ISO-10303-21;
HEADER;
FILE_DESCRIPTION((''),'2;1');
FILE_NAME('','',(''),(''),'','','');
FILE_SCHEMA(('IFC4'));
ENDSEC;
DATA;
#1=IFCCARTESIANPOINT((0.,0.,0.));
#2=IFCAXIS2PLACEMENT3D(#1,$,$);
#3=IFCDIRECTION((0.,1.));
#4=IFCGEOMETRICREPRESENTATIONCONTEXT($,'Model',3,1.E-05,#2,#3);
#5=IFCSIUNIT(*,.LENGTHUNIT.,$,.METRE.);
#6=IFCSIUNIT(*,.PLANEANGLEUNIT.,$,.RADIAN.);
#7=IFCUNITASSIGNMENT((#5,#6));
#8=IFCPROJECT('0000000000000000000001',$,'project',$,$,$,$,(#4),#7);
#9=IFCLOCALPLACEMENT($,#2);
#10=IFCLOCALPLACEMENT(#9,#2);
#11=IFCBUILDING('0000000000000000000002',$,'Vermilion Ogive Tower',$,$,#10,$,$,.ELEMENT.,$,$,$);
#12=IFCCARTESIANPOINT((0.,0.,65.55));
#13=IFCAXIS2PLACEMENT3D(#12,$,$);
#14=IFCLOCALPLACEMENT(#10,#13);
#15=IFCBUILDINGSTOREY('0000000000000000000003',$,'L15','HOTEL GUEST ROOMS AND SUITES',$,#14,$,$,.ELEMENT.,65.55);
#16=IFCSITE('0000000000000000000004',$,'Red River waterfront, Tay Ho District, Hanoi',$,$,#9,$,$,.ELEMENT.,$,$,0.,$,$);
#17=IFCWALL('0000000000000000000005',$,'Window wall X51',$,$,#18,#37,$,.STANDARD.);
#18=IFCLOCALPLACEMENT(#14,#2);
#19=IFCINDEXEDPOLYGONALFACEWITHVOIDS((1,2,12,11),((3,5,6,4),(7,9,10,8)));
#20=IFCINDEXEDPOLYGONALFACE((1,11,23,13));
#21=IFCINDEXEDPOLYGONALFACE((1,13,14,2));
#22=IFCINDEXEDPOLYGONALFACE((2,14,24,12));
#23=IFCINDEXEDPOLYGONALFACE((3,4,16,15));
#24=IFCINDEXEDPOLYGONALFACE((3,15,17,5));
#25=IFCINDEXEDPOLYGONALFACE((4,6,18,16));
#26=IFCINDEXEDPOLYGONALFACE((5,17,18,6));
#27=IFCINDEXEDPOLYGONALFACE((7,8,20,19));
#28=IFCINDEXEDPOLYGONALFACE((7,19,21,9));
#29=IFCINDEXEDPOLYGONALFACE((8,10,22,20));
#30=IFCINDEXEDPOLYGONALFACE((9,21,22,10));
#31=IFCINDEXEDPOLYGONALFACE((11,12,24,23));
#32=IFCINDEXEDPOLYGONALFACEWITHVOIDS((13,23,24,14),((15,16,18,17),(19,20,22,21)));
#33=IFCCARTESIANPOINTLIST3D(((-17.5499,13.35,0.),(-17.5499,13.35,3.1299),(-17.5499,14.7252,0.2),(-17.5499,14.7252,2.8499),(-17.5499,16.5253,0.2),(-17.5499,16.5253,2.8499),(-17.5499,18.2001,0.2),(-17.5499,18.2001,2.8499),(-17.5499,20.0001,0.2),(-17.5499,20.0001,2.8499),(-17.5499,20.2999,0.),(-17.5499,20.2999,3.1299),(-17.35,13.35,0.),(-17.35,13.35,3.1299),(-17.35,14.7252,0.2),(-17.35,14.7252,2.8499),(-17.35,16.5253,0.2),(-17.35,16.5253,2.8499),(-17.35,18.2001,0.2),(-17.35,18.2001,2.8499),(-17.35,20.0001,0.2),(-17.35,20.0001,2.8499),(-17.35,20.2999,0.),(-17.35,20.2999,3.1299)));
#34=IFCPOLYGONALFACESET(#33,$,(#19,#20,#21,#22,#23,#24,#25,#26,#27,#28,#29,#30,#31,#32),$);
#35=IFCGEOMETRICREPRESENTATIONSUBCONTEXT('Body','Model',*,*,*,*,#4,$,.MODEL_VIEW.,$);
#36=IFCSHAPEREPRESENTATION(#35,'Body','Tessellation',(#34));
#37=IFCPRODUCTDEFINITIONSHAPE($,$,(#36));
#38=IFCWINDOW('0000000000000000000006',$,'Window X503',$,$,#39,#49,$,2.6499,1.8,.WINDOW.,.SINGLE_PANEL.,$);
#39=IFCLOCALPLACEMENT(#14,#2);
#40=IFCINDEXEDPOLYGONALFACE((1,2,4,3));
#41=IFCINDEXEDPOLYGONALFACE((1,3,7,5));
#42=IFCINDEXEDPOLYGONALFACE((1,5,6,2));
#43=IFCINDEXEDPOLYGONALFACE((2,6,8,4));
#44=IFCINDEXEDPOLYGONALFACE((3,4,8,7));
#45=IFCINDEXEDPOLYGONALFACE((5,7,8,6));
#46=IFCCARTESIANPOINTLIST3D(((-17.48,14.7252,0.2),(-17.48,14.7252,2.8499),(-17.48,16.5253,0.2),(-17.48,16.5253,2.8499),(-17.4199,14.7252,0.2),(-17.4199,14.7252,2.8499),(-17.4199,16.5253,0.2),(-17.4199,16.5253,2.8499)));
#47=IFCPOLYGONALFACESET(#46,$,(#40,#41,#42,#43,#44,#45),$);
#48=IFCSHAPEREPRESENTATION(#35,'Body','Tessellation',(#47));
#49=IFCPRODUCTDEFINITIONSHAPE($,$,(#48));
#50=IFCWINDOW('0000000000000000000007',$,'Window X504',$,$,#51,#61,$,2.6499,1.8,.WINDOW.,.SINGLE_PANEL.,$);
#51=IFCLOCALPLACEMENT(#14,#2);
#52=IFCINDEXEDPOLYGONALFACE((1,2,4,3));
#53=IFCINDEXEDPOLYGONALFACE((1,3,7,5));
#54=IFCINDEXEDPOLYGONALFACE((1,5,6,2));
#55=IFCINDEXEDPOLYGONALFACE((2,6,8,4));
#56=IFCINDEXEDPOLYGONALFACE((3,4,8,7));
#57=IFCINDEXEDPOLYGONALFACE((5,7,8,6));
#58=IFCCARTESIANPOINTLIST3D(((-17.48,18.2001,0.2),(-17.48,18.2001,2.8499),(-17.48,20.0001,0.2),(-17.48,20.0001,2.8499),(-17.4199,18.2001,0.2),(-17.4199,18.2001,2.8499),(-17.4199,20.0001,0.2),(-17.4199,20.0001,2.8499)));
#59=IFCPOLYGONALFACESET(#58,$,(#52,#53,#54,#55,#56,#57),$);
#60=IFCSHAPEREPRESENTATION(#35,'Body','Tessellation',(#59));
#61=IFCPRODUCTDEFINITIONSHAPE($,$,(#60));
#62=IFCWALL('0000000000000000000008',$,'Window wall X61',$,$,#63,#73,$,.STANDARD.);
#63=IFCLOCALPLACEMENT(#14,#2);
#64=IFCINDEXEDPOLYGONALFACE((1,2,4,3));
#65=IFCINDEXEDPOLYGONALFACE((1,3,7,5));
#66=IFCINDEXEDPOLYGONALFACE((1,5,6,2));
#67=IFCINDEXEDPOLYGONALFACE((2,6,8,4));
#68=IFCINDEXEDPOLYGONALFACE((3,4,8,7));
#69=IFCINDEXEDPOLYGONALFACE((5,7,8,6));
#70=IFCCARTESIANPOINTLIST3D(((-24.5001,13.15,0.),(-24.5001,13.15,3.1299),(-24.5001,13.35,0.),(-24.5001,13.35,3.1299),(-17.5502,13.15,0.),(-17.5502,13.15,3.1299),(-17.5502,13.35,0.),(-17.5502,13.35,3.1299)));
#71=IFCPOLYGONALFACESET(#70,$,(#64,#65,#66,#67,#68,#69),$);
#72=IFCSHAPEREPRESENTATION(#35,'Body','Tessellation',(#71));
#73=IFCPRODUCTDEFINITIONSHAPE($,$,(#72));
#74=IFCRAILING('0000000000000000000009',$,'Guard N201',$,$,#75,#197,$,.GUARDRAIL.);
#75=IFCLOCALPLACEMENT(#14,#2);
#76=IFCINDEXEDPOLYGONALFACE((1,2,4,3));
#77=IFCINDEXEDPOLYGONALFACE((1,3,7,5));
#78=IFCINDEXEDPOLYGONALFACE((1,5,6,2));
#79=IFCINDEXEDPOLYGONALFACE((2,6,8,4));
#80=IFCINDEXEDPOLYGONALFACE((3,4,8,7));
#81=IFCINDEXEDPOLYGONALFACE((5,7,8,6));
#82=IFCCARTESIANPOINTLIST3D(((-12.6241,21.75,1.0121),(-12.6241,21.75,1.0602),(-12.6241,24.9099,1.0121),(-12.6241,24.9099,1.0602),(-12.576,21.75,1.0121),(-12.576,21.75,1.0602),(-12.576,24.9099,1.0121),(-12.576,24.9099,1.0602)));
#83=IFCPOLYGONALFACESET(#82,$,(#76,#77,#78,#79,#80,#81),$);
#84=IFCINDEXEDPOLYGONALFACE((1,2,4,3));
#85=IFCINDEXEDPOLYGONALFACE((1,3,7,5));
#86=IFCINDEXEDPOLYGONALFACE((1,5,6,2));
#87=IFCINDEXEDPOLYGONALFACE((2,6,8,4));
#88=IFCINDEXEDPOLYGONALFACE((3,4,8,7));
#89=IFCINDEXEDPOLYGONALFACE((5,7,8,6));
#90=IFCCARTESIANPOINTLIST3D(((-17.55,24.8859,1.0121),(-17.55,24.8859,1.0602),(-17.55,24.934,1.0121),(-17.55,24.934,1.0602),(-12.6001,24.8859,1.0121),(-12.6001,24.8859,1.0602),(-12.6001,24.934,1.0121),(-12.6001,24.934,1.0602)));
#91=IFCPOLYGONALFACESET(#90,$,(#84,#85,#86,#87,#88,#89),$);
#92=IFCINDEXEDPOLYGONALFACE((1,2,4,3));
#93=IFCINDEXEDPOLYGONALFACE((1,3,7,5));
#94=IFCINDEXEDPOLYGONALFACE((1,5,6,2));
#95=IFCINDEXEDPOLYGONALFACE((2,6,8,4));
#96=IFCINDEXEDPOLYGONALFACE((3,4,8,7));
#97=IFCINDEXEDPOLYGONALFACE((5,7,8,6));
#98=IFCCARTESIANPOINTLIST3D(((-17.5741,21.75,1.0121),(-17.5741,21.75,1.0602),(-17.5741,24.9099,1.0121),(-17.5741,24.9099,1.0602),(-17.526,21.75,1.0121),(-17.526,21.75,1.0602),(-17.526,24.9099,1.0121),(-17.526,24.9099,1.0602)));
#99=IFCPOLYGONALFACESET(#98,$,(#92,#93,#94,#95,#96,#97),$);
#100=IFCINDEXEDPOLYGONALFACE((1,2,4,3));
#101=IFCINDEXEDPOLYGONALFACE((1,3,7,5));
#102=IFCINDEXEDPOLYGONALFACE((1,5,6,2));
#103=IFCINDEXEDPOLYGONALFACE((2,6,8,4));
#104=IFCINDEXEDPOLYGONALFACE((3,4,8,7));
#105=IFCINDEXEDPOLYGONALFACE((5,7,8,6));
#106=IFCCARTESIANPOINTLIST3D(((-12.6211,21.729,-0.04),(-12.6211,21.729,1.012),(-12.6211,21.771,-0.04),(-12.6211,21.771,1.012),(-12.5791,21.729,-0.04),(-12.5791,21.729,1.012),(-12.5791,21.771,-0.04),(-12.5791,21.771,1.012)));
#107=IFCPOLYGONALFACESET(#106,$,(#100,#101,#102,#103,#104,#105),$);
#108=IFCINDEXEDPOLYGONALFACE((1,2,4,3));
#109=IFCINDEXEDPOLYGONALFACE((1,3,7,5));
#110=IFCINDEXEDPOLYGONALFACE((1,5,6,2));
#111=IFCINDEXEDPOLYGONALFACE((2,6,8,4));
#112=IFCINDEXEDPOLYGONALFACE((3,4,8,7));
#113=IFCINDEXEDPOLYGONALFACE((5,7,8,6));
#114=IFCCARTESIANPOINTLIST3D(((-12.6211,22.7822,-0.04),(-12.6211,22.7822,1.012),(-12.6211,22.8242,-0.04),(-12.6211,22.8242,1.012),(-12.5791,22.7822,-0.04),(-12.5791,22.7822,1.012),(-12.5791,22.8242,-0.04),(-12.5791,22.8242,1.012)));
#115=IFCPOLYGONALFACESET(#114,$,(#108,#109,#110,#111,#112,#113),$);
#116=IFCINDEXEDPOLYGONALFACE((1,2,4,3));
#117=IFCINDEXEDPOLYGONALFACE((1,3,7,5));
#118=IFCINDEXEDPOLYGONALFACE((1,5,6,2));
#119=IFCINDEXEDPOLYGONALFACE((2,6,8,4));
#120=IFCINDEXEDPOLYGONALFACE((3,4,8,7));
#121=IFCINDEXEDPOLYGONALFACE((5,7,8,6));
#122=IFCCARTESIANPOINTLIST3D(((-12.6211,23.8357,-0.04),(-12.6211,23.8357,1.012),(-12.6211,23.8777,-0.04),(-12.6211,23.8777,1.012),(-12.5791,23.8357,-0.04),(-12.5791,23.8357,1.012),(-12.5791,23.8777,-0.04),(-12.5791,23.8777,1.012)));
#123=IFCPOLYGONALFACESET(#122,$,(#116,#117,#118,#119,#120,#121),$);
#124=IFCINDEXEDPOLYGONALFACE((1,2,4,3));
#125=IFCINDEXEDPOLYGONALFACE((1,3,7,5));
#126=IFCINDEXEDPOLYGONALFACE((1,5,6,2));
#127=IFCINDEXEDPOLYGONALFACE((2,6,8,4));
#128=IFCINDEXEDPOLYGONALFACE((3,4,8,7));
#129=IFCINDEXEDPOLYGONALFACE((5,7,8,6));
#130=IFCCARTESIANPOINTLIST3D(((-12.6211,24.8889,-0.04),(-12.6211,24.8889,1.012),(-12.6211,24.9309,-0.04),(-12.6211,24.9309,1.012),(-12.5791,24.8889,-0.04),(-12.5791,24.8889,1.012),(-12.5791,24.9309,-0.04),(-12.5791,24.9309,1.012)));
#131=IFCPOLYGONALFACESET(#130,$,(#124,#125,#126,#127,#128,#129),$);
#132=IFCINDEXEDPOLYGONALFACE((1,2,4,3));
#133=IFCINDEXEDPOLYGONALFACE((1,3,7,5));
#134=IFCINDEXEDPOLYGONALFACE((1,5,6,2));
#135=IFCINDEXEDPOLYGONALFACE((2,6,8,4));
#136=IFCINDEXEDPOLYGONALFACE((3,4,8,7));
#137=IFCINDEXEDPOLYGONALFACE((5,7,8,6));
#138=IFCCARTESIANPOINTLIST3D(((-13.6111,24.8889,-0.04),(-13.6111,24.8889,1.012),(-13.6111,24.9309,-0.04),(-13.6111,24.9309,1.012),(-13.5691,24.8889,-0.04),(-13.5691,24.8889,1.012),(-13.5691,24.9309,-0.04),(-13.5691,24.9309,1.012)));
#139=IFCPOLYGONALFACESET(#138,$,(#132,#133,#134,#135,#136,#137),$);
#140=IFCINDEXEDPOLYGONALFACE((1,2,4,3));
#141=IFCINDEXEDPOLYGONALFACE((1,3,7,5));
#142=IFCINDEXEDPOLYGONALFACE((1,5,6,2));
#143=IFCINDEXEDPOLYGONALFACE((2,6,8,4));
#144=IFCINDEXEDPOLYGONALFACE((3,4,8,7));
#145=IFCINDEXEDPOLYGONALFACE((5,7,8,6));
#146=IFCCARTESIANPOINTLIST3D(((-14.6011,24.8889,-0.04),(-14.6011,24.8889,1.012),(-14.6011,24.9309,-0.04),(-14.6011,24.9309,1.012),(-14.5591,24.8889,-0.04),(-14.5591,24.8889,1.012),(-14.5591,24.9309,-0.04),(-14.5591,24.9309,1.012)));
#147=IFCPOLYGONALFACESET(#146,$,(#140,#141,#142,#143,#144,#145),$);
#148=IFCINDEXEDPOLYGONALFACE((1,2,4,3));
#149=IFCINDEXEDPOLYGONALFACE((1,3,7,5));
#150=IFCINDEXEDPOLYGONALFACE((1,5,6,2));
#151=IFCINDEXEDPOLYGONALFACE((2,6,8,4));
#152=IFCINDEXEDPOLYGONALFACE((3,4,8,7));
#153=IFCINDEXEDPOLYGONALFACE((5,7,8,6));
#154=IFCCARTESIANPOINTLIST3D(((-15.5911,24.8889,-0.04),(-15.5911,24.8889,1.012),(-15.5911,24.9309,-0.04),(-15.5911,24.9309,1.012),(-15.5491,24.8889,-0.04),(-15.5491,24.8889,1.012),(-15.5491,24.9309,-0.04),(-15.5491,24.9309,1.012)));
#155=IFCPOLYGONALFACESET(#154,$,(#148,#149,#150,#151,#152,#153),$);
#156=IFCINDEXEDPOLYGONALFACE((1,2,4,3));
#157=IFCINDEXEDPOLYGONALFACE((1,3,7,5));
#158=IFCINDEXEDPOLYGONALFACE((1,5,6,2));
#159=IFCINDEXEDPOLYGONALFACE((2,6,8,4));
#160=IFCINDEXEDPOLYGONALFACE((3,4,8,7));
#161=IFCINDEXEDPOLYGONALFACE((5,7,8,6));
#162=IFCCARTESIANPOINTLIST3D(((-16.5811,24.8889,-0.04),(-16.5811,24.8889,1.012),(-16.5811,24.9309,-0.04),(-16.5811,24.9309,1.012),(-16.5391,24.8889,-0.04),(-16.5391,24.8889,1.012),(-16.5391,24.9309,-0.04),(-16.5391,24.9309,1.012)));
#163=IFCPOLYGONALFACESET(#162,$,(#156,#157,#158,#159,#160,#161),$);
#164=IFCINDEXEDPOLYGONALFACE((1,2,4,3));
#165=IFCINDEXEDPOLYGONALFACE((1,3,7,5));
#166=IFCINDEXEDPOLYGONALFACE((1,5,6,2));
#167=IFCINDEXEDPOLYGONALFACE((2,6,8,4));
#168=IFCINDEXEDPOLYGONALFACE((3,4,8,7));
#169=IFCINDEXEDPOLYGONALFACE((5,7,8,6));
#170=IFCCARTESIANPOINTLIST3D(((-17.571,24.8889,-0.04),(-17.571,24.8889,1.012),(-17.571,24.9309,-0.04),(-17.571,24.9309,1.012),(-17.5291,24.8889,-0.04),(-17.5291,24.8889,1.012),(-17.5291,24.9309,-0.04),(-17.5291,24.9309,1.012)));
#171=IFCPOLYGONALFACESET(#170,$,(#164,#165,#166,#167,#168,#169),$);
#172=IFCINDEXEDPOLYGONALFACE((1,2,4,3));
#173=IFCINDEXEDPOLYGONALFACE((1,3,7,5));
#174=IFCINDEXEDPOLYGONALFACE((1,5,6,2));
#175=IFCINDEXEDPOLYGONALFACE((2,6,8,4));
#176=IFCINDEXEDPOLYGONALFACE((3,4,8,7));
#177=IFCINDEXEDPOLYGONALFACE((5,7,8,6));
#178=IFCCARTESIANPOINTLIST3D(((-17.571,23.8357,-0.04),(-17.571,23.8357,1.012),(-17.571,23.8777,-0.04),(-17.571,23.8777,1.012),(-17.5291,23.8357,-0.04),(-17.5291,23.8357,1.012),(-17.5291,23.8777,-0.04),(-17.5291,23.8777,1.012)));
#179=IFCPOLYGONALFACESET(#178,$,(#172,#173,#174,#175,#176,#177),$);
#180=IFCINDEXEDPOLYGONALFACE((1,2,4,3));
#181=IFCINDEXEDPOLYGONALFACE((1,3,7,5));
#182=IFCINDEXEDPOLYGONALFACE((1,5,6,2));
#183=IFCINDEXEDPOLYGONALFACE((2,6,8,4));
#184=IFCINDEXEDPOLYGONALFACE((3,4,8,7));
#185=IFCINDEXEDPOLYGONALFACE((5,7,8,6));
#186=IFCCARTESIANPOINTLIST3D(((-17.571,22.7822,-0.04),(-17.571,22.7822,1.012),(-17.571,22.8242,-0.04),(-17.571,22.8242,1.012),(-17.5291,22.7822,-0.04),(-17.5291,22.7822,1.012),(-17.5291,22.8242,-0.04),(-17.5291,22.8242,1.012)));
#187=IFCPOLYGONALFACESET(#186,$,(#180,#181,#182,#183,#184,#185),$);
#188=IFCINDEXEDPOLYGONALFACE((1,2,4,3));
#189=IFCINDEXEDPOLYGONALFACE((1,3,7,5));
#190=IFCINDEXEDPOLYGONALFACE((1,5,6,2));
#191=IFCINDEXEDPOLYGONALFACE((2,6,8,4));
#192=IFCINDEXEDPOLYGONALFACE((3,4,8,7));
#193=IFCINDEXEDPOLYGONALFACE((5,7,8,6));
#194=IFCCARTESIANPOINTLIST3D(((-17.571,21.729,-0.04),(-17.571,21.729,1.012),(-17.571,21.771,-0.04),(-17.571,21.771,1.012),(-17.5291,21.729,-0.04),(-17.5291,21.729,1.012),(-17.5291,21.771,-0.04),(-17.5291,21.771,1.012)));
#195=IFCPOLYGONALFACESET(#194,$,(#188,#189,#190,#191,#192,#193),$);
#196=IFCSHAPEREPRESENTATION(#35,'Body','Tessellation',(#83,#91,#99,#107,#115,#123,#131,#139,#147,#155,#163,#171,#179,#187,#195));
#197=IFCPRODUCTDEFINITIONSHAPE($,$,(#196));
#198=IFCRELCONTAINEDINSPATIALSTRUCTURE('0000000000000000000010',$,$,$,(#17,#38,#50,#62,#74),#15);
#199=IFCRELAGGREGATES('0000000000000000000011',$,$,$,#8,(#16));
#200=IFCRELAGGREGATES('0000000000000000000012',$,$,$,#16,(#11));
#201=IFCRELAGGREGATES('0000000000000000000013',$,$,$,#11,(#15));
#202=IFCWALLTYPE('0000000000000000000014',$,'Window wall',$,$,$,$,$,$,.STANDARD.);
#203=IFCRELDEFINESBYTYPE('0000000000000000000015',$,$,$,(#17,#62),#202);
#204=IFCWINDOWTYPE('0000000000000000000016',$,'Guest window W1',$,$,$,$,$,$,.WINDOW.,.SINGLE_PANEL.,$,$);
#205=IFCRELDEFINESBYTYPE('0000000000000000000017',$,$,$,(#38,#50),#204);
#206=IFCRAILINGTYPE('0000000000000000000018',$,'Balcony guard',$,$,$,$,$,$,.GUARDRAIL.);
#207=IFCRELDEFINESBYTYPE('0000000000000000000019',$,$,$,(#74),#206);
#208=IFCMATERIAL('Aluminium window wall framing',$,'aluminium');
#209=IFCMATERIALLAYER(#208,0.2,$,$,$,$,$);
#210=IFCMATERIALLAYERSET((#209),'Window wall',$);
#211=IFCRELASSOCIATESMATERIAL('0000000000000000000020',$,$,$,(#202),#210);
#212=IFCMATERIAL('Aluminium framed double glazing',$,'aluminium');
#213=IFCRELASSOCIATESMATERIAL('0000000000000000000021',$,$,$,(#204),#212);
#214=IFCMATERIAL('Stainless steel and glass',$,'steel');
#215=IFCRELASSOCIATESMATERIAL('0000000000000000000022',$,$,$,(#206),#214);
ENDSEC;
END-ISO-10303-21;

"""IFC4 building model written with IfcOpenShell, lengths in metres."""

from ifc_helpers import new_model, si_unit, direction, frame, frame_2d, origin, origin_2d, place, context, subcontext, project, spatial, rectangle, extrude, material, layer, layer_set, type_object, element, fill, save


model = new_model("IFC4")

# Units and contexts
model_context = context("Model", 3, precision=1e-05, world=origin(), true_north=direction((0.0, 1.0)))
body_context = subcontext(model_context, "Body", "Model", "MODEL_VIEW")
ifc_project = project(units=[si_unit("LENGTHUNIT", "METRE"), si_unit("PLANEANGLEUNIT", "RADIAN")], contexts=[model_context])

# Site, building, storey
site_placement = place(None, origin())
site = spatial("IfcSite", under=ifc_project, at=site_placement, Name="Red River waterfront, Tay Ho District, Hanoi", CompositionType="ELEMENT", RefElevation=0.0)
building_placement = place(site_placement, origin())
building = spatial("IfcBuilding", under=site, at=building_placement, Name="Vermilion Ogive Tower", CompositionType="ELEMENT")
storey_placement = place(building_placement, frame((0.0, 0.0, 65.55)))
storey = spatial("IfcBuildingStorey", under=building, at=storey_placement, Name="L15", Description="HOTEL GUEST ROOMS AND SUITES", CompositionType="ELEMENT", Elevation=65.55)

# Shared definitions
ifc_material_1 = material(Name="Aluminium window wall framing", Category="aluminium")
ifc_layer_1 = layer(ifc_material_1, 0.2)
ifc_layer_set_1 = layer_set([ifc_layer_1], Name="Window wall")
wall_type_1 = type_object("IfcWallType", Name="Window wall", PredefinedType="STANDARD", material=ifc_layer_set_1)
ifc_material_2 = material(Name="Aluminium framed double glazing", Category="aluminium")
window_type = type_object("IfcWindowType", Name="Guest window W1", PartitioningType="SINGLE_PANEL", PredefinedType="WINDOW", material=ifc_material_2)

# Wall, openings, windows
wall_1_placement = place(storey_placement, frame((-17.45, 20.3, 0.0), z_axis=(0.0, 0.0, 1.0), x_axis=(0.0, -1.0, 0.0)))
wall_1 = element("IfcWall", 1, at=wall_1_placement, inside=storey, type_object=wall_type_1, Name="Window wall X51", PredefinedType="STANDARD", context=body_context, shape_type="SweptSolid", body=[
    extrude(rectangle(XDim=6.95, YDim=0.2, at=frame_2d((3.4751, 0.0))), origin(), (0.0, 0.0, 1.0), 3.1299),
])
opening_1_placement = place(wall_1_placement, frame((3.7749, 0.0, 0.2)))
opening_1 = element("IfcOpeningElement", 2, at=opening_1_placement, cuts=wall_1, PredefinedType="OPENING", context=body_context, shape_type="SweptSolid", body=[
    extrude(rectangle(XDim=1.8, YDim=2.6499, at=frame_2d((0.8999, 1.325))), frame((0.0, 0.1099, 0.0), z_axis=(0.0, -1.0, 0.0), x_axis=(1.0, 0.0, 0.0)), (0.0, 0.0, 1.0), 0.22),
])
opening_2_placement = place(wall_1_placement, frame((0.3, 0.0, 0.2)))
opening_2 = element("IfcOpeningElement", 3, at=opening_2_placement, cuts=wall_1, PredefinedType="OPENING", context=body_context, shape_type="SweptSolid", body=[
    extrude(rectangle(XDim=1.8, YDim=2.6499, at=frame_2d((0.8999, 1.325))), frame((0.0, 0.1099, 0.0), z_axis=(0.0, -1.0, 0.0), x_axis=(1.0, 0.0, 0.0)), (0.0, 0.0, 1.0), 0.22),
])
window_1_placement = place(opening_1_placement, origin())
window_1 = element("IfcWindow", 4, at=window_1_placement, inside=storey, type_object=window_type, Name="Window X503", OverallHeight=2.6499, OverallWidth=1.8, PartitioningType="SINGLE_PANEL", PredefinedType="WINDOW", context=body_context, shape_type="SweptSolid", body=[
    extrude(rectangle(XDim=1.8, YDim=2.6499, at=frame_2d((0.8999, 1.325))), frame((0.0, 0.03, 0.0), z_axis=(0.0, -1.0, 0.0), x_axis=(1.0, 0.0, 0.0)), (0.0, 0.0, 1.0), 0.0601),
])
fill(opening_1, window_1)
window_2_placement = place(opening_2_placement, origin())
window_2 = element("IfcWindow", 5, at=window_2_placement, inside=storey, type_object=window_type, Name="Window X504", OverallHeight=2.6499, OverallWidth=1.8, PartitioningType="SINGLE_PANEL", PredefinedType="WINDOW", context=body_context, shape_type="SweptSolid", body=[
    extrude(rectangle(XDim=1.8, YDim=2.6499, at=frame_2d((0.8999, 1.325))), frame((0.0, 0.03, 0.0), z_axis=(0.0, -1.0, 0.0), x_axis=(1.0, 0.0, 0.0)), (0.0, 0.0, 1.0), 0.0601),
])
fill(opening_2, window_2)

# Wall
wall_2_placement = place(storey_placement, frame((-17.55, 13.25, 0.0), z_axis=(0.0, 0.0, 1.0), x_axis=(-1.0, 0.0, 0.0)))
element("IfcWall", 6, at=wall_2_placement, inside=storey, type_object=wall_type_1, Name="Window wall X61", PredefinedType="STANDARD", context=body_context, shape_type="SweptSolid", body=[
    extrude(rectangle(XDim=6.95, YDim=0.2, at=frame_2d((3.4751, 0.0))), origin(), (0.0, 0.0, 1.0), 3.1299),
])

# Railing
ifc_material_3 = material(Name="Stainless steel and glass", Category="steel")
railing_type = type_object("IfcRailingType", Name="Balcony guard", PredefinedType="GUARDRAIL", material=ifc_material_3)
railing_placement = place(storey_placement, frame((-12.6001, 21.75, -0.04)))
element("IfcRailing", 7, at=railing_placement, inside=storey, type_object=railing_type, Name="Guard N201", PredefinedType="GUARDRAIL", context=body_context, shape_type="SweptSolid", body=[
    extrude(rectangle(XDim=0.0481, YDim=0.0481, at=origin_2d()), frame((0.0, 0.0, 1.0762), z_axis=(0.0, 1.0, 0.0), x_axis=(-1.0, 0.0, 0.0)), (0.0, 0.0, 1.0), 3.1599),
    extrude(rectangle(XDim=0.0481, YDim=0.0481, at=origin_2d()), frame((0.0, 3.1599, 1.0762), z_axis=(-1.0, 0.0, 0.0), x_axis=(0.0, -1.0, 0.0)), (0.0, 0.0, 1.0), 4.95),
    extrude(rectangle(XDim=0.0481, YDim=0.0481, at=origin_2d()), frame((-4.95, 3.1599, 1.0762), z_axis=(0.0, -1.0, 0.0), x_axis=(1.0, 0.0, 0.0)), (0.0, 0.0, 1.0), 3.1599),
    extrude(rectangle(XDim=0.042, YDim=0.042, at=origin_2d()), origin(), (0.0, 0.0, 1.0), 1.052),
    extrude(rectangle(XDim=0.042, YDim=0.042, at=origin_2d()), frame((0.0, 1.0532, 0.0)), (0.0, 0.0, 1.0), 1.052),
    extrude(rectangle(XDim=0.042, YDim=0.042, at=origin_2d()), frame((0.0, 2.1067, 0.0)), (0.0, 0.0, 1.0), 1.052),
    extrude(rectangle(XDim=0.042, YDim=0.042, at=origin_2d()), frame((0.0, 3.1599, 0.0)), (0.0, 0.0, 1.0), 1.052),
    extrude(rectangle(XDim=0.042, YDim=0.042, at=origin_2d()), frame((-0.99, 3.1599, 0.0)), (0.0, 0.0, 1.0), 1.052),
    extrude(rectangle(XDim=0.042, YDim=0.042, at=origin_2d()), frame((-1.98, 3.1599, 0.0)), (0.0, 0.0, 1.0), 1.052),
    extrude(rectangle(XDim=0.042, YDim=0.042, at=origin_2d()), frame((-2.97, 3.1599, 0.0)), (0.0, 0.0, 1.0), 1.052),
    extrude(rectangle(XDim=0.042, YDim=0.042, at=origin_2d()), frame((-3.96, 3.1599, 0.0)), (0.0, 0.0, 1.0), 1.052),
    extrude(rectangle(XDim=0.042, YDim=0.042, at=origin_2d()), frame((-4.95, 3.1599, 0.0)), (0.0, 0.0, 1.0), 1.052),
    extrude(rectangle(XDim=0.042, YDim=0.042, at=origin_2d()), frame((-4.95, 2.1067, 0.0)), (0.0, 0.0, 1.0), 1.052),
    extrude(rectangle(XDim=0.042, YDim=0.042, at=origin_2d()), frame((-4.95, 1.0532, 0.0)), (0.0, 0.0, 1.0), 1.052),
    extrude(rectangle(XDim=0.042, YDim=0.042, at=origin_2d()), frame((-4.95, 0.0, 0.0)), (0.0, 0.0, 1.0), 1.052),
])

save(model, "model.ifc")
